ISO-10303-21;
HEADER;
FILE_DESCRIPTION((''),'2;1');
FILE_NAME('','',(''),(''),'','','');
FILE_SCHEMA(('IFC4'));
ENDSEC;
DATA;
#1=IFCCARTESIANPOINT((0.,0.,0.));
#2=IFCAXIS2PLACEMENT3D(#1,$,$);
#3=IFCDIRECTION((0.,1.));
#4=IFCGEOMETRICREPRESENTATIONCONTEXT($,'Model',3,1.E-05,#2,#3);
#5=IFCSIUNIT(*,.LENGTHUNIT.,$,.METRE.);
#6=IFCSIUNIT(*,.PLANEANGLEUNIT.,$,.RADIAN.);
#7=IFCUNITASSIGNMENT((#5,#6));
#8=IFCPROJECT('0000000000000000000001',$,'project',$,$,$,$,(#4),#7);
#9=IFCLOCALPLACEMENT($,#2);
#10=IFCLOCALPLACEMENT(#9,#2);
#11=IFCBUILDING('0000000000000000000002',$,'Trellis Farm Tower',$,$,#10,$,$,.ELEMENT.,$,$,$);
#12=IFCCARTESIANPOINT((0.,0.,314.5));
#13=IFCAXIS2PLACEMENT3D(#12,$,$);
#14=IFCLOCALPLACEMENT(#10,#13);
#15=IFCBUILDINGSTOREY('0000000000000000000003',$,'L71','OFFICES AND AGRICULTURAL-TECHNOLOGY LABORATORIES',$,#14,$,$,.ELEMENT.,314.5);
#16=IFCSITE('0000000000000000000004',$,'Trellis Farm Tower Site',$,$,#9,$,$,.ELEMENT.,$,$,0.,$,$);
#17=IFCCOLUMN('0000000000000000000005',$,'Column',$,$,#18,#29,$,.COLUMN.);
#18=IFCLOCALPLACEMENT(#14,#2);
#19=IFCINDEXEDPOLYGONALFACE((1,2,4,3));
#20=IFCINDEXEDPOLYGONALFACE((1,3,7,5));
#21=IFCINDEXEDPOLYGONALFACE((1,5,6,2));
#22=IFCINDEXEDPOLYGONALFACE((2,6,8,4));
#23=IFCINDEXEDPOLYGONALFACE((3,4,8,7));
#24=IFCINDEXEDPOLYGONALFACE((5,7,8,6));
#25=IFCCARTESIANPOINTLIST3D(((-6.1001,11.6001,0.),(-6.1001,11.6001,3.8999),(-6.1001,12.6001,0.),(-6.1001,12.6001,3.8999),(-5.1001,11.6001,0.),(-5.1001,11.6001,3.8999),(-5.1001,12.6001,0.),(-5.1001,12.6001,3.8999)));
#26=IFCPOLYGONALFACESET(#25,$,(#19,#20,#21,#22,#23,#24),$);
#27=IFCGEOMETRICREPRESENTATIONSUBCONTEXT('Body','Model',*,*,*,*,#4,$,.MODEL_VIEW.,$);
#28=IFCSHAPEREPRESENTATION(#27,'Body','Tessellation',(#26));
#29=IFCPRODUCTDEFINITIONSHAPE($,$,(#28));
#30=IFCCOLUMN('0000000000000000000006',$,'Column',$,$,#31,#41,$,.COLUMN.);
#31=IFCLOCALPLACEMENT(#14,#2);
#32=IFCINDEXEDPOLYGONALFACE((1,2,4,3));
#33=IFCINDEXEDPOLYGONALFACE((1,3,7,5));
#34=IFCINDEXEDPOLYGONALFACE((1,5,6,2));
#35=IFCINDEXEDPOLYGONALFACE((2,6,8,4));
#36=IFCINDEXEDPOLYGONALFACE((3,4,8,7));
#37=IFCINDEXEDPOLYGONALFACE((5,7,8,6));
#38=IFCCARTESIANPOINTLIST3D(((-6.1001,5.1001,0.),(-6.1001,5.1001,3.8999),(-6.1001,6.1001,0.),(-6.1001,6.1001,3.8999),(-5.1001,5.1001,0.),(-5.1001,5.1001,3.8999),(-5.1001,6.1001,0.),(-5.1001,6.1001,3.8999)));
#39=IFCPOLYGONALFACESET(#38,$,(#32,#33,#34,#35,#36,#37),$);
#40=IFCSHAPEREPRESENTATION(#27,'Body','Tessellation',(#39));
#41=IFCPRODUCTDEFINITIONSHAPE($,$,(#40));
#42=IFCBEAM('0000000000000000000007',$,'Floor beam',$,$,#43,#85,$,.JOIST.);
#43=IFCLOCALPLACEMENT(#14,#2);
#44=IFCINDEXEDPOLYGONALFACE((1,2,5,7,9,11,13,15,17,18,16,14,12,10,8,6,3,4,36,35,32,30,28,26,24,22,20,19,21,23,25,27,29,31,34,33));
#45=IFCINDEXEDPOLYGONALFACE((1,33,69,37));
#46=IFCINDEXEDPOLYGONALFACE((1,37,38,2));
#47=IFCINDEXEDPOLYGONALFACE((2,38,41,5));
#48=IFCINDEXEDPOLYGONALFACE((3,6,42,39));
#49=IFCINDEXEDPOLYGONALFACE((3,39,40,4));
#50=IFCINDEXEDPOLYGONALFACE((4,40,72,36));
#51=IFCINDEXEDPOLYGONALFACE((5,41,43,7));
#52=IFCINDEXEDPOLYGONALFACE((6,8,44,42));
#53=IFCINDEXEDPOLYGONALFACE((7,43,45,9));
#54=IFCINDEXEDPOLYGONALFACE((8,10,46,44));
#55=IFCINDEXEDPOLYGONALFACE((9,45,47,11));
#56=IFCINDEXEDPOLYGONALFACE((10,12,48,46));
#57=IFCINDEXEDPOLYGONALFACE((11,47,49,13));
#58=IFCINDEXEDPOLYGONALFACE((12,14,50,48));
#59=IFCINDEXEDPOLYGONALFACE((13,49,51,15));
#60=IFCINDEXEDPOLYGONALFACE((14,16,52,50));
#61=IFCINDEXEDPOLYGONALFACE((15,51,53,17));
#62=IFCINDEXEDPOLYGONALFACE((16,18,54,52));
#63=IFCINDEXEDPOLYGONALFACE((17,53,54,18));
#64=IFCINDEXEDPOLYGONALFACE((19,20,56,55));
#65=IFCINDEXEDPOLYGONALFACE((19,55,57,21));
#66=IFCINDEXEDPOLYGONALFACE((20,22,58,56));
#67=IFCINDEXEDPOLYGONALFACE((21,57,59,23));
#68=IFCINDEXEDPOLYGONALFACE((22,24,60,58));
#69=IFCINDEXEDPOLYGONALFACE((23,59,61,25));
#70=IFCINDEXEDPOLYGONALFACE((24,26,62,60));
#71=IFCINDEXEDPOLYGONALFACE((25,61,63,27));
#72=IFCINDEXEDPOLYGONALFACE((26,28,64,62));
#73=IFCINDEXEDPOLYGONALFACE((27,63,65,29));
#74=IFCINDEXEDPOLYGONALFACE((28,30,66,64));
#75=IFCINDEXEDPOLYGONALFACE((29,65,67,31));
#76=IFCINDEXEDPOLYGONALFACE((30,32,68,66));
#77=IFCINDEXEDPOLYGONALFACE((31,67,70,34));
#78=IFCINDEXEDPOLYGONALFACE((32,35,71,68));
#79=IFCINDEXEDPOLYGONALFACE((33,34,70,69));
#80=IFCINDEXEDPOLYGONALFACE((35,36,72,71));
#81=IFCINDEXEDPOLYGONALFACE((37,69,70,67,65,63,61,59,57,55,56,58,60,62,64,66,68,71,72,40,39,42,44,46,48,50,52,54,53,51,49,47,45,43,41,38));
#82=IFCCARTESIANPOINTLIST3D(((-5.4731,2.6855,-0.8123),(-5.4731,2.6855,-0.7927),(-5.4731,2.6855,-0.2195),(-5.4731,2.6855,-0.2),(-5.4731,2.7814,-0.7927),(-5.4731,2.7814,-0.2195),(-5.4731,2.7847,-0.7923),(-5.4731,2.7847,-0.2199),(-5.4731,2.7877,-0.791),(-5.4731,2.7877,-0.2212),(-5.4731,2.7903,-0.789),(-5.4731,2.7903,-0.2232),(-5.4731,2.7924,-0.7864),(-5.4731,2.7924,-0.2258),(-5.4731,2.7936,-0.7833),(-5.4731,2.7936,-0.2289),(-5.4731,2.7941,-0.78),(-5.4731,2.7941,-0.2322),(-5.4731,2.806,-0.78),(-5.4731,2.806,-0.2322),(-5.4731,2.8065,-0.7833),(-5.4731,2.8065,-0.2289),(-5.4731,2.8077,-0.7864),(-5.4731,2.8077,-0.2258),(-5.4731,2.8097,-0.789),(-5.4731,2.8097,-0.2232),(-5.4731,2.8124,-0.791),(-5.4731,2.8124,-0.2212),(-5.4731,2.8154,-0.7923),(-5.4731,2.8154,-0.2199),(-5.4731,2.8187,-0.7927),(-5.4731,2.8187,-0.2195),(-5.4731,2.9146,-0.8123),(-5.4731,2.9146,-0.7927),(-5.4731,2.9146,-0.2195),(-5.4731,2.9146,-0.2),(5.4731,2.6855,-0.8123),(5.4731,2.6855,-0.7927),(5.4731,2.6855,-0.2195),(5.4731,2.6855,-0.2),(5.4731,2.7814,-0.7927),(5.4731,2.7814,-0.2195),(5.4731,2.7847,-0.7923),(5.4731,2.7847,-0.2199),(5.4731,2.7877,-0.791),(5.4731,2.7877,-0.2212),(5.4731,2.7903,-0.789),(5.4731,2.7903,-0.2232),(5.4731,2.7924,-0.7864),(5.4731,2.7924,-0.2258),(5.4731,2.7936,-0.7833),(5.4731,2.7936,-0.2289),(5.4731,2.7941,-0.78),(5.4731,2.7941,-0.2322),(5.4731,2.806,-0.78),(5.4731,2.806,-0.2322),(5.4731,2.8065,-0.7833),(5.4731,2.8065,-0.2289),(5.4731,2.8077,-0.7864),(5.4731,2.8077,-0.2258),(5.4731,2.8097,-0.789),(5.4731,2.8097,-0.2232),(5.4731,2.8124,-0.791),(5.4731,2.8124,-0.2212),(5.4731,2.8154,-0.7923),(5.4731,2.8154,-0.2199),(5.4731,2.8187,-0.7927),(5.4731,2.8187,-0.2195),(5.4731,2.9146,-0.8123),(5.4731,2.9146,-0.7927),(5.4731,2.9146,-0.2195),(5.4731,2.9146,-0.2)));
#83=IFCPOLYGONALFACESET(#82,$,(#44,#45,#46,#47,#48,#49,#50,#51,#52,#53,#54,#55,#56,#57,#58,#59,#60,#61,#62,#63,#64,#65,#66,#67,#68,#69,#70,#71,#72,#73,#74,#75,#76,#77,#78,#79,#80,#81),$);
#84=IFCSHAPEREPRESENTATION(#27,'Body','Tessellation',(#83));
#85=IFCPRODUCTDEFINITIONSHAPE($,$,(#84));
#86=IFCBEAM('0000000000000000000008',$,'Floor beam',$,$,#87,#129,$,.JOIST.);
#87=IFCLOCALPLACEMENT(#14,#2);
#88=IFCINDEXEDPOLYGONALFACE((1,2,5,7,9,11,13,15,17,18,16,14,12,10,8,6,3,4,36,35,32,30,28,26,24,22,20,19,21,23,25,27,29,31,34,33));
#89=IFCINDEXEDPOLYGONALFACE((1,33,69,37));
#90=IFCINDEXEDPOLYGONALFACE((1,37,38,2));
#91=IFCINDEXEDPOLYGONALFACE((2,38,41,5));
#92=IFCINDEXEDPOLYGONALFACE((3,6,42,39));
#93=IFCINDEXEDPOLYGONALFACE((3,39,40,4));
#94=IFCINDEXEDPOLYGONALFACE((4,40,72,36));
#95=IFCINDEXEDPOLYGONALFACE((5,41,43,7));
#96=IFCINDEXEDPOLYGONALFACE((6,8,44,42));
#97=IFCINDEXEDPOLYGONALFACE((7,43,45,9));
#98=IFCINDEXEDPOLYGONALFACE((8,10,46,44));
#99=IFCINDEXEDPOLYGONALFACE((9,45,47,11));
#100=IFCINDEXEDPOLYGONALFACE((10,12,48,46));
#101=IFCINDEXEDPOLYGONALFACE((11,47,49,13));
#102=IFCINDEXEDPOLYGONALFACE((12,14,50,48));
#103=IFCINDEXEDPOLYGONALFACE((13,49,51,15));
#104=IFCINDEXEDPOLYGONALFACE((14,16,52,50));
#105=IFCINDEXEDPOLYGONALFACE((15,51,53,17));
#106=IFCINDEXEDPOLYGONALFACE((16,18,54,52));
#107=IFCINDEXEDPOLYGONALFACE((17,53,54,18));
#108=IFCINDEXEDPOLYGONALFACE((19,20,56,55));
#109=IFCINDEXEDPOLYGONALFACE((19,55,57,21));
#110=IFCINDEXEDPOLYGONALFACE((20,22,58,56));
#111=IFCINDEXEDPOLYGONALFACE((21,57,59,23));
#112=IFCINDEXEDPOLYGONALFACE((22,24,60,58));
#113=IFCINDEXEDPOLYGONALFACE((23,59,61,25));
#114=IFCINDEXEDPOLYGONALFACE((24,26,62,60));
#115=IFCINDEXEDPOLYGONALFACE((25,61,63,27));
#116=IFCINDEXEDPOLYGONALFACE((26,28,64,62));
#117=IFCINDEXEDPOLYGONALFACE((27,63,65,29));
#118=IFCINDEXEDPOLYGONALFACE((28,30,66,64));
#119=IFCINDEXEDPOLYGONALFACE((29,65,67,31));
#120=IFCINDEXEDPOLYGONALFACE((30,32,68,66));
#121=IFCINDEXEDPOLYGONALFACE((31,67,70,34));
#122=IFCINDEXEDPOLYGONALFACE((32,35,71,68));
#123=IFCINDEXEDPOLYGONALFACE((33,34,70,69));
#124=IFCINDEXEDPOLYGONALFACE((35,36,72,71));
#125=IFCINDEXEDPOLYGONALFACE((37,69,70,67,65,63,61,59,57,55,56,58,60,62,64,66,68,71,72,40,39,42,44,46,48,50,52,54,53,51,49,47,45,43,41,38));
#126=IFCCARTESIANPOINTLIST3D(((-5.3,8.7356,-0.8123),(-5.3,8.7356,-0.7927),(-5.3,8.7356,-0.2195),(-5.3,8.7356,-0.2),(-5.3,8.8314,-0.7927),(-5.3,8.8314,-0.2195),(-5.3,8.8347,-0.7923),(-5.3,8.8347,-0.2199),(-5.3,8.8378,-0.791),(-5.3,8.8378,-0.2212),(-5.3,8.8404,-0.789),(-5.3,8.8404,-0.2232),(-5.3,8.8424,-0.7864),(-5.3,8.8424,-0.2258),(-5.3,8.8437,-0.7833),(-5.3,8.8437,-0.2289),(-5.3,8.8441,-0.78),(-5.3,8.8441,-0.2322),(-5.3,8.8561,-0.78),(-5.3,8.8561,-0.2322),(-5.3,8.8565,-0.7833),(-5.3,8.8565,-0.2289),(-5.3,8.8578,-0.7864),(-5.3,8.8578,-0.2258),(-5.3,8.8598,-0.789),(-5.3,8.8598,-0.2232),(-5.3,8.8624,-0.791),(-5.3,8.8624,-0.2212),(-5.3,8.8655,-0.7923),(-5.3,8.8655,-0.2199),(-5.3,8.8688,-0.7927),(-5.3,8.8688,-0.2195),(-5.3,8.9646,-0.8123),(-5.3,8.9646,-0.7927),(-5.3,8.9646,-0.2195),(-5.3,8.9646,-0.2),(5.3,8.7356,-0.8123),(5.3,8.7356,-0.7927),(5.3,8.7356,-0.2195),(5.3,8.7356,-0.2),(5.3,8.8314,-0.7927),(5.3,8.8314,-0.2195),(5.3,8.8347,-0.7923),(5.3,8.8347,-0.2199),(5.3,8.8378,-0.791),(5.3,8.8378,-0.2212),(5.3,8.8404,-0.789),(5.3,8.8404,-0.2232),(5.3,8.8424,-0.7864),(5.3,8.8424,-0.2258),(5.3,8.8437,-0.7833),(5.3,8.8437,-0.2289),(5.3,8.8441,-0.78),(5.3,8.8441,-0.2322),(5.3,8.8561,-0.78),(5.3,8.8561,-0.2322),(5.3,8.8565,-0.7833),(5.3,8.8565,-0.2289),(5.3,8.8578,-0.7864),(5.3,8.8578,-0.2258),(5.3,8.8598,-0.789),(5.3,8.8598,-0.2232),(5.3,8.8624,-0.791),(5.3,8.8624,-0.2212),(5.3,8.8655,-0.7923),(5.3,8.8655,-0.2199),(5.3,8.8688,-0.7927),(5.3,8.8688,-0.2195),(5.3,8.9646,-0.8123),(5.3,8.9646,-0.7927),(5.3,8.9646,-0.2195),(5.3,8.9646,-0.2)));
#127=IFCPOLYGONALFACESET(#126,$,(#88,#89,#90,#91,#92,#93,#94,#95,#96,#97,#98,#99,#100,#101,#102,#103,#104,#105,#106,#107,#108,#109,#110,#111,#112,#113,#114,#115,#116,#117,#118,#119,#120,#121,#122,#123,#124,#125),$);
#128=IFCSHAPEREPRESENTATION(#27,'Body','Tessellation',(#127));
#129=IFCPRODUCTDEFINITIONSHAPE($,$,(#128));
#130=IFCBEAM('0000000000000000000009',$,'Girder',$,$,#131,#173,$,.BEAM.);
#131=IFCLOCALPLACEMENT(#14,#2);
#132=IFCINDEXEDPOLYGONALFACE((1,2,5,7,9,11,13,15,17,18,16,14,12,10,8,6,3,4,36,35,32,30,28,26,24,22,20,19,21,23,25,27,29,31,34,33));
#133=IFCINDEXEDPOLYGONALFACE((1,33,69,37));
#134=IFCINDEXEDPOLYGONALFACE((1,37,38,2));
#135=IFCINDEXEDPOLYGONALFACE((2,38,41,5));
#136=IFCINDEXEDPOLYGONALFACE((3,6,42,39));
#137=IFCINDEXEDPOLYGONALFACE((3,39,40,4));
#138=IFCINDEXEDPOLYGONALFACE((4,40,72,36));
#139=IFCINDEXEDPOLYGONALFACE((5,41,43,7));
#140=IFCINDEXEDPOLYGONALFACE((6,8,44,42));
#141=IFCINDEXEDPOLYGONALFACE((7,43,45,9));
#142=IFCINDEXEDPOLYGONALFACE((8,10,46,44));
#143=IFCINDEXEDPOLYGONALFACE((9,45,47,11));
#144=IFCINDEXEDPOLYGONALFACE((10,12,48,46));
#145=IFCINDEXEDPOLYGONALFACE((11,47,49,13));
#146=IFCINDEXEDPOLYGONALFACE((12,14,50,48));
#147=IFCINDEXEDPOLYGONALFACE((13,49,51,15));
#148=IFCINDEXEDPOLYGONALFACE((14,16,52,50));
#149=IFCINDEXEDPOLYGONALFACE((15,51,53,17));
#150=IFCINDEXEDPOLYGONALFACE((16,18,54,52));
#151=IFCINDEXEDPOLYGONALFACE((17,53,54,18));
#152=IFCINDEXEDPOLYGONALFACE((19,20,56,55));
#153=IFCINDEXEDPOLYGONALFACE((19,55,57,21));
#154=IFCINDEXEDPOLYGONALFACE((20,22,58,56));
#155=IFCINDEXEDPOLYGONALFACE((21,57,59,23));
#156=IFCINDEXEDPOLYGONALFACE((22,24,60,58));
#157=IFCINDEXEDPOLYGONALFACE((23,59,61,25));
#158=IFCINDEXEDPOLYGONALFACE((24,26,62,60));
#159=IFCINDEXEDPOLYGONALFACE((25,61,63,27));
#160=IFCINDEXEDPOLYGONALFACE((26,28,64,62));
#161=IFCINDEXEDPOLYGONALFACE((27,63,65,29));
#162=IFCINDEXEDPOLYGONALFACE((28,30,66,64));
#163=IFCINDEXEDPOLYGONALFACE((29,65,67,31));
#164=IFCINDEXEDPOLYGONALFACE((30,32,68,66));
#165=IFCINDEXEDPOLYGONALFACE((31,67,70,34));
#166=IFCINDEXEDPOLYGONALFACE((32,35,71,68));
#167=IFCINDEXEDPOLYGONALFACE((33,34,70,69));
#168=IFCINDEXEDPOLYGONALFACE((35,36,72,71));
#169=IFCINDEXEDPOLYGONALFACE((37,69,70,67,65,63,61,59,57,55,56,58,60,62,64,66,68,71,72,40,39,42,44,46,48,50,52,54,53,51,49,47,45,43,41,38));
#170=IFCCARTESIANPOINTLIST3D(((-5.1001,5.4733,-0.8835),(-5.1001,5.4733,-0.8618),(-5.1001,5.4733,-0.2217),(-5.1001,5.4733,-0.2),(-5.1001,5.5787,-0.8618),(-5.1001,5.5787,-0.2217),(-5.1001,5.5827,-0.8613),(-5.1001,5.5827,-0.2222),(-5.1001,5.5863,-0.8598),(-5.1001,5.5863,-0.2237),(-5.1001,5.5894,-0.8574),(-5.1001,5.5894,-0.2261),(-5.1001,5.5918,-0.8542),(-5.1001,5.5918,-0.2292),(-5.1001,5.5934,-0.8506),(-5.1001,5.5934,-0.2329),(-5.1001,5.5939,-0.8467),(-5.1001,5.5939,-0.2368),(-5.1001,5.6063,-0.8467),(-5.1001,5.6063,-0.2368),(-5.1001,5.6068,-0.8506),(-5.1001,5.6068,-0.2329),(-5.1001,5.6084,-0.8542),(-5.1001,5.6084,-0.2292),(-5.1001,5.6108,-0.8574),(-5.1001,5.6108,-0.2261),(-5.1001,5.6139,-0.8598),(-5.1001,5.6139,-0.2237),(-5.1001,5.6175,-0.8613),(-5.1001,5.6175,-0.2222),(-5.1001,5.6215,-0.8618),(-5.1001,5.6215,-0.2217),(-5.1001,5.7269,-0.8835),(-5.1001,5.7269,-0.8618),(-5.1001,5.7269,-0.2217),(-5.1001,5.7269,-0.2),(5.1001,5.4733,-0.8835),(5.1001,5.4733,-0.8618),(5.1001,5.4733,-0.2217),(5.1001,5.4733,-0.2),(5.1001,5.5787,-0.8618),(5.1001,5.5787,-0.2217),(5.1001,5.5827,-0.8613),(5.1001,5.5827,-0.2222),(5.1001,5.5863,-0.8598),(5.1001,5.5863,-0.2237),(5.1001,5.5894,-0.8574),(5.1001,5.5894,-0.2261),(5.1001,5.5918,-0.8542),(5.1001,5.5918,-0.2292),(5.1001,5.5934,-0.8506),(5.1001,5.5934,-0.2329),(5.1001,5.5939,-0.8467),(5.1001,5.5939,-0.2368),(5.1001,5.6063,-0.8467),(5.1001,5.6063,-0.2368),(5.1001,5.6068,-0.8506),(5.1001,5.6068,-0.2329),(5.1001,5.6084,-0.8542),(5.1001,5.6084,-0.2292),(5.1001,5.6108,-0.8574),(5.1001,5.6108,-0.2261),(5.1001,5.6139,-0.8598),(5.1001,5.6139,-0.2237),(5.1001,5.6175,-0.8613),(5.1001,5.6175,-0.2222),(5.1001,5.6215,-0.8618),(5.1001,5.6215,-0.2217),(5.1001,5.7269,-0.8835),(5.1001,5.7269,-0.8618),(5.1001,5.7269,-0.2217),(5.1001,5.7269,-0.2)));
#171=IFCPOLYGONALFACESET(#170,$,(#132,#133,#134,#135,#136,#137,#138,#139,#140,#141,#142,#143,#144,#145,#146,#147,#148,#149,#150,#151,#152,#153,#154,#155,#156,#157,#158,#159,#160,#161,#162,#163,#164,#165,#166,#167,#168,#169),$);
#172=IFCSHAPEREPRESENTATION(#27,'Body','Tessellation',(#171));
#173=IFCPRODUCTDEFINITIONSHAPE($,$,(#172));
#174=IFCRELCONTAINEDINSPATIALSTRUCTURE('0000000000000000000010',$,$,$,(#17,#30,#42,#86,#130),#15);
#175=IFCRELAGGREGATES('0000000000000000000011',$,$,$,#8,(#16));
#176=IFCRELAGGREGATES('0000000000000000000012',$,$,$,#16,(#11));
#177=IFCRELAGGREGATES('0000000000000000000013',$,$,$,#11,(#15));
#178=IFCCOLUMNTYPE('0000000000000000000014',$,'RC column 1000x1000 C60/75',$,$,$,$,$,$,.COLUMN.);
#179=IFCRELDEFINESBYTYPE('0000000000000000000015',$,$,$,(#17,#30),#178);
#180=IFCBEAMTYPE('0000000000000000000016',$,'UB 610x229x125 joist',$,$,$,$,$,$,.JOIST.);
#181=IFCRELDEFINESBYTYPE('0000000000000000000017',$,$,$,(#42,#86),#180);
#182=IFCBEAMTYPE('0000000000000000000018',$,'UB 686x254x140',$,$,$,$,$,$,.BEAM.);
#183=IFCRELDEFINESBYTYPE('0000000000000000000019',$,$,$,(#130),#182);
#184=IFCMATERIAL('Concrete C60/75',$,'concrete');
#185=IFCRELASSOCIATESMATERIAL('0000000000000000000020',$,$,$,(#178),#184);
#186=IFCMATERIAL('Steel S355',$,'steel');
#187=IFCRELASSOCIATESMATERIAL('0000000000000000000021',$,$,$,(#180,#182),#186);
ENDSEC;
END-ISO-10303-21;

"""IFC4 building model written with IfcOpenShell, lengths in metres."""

from ifc_helpers import new_model, si_unit, direction, frame, origin, origin_2d, place, context, subcontext, project, spatial, rectangle, i_section, extrude, source, transform, mapped, material, material_profile, profile_set, type_object, element, save


model = new_model("IFC4")

# Units and contexts
model_context = context("Model", 3, precision=1e-05, world=origin(), true_north=direction((0.0, 1.0)))
body_context = subcontext(model_context, "Body", "Model", "MODEL_VIEW")
ifc_project = project(units=[si_unit("LENGTHUNIT", "METRE"), si_unit("PLANEANGLEUNIT", "RADIAN")], contexts=[model_context])

# Site, building, storey
site_placement = place(None, origin())
site = spatial("IfcSite", under=ifc_project, at=site_placement, Name="Trellis Farm Tower Site", CompositionType="ELEMENT", RefElevation=0.0)
building_placement = place(site_placement, origin())
building = spatial("IfcBuilding", under=site, at=building_placement, Name="Trellis Farm Tower", CompositionType="ELEMENT")
storey_placement = place(building_placement, frame((0.0, 0.0, 314.5)))
storey = spatial("IfcBuildingStorey", under=building, at=storey_placement, Name="L71", Description="OFFICES AND AGRICULTURAL-TECHNOLOGY LABORATORIES", CompositionType="ELEMENT", Elevation=314.5)

# Columns
ifc_material_1 = material(Name="Concrete C60/75", Category="concrete")
ifc_material_profile_1 = material_profile(ifc_material_1, rectangle(XDim=1.0, YDim=1.0, at=origin_2d()), Name="RC column 1000x1000 C60/75")
ifc_profile_set_1 = profile_set([ifc_material_profile_1], Name="Concrete C60/75")
column_type = type_object("IfcColumnType", Name="RC column 1000x1000 C60/75", PredefinedType="COLUMN", material=ifc_profile_set_1)
shared_shape_1 = source(origin(), body_context, "Body", "SweptSolid", [
    extrude(rectangle(XDim=1.0, YDim=1.0, at=origin_2d()), origin(), (0.0, 0.0, 1.0), 3.8999),
])
for number, where, z_axis, x_axis, name in (
    (1, (-5.6001, 12.1001, 0.0), (0.0, 0.0, 1.0), (1.0, 0.0, 0.0), "Column"),
    (2, (-5.6001, 5.6001, 0.0), (0.0, 0.0, 1.0), (1.0, 0.0, 0.0), "Column"),
):
    element("IfcColumn", number, at=place(storey_placement, frame(where, z_axis=z_axis, x_axis=x_axis)), inside=storey, type_object=column_type, Name=name, PredefinedType="COLUMN", context=body_context, shape_type="MappedRepresentation", body=[
        mapped(shared_shape_1, transform((0.0, 0.0, 0.0))),
    ])

# Beams
ifc_material_2 = material(Name="Steel S355", Category="steel")
ifc_material_profile_2 = material_profile(ifc_material_2, i_section(OverallWidth=0.229, OverallDepth=0.6123, WebThickness=0.012, FlangeThickness=0.0195, FilletRadius=0.0127, at=origin_2d()), Name="UB 610x229x125")
ifc_profile_set_2 = profile_set([ifc_material_profile_2], Name="Steel S355")
beam_type_1 = type_object("IfcBeamType", Name="UB 610x229x125 joist", PredefinedType="JOIST", material=ifc_profile_set_2)
shared_shape_2 = source(origin(), body_context, "Body", "SweptSolid", [
    extrude(i_section(OverallWidth=0.229, OverallDepth=0.6123, WebThickness=0.012, FlangeThickness=0.0195, FilletRadius=0.0127, at=origin_2d()), origin(), (0.0, 0.0, 1.0), 10.9463),
])
beam_1_placement = place(storey_placement, frame((-5.4731, 2.8, -0.5061), z_axis=(1.0, 0.0, 0.0), x_axis=(0.0, 1.0, 0.0)))
element("IfcBeam", 3, at=beam_1_placement, inside=storey, type_object=beam_type_1, Name="Floor beam", PredefinedType="JOIST", context=body_context, shape_type="MappedRepresentation", body=[
    mapped(shared_shape_2, transform((0.0, 0.0, 0.0))),
])
shared_shape_3 = source(origin(), body_context, "Body", "SweptSolid", [
    extrude(i_section(OverallWidth=0.229, OverallDepth=0.6123, WebThickness=0.012, FlangeThickness=0.0195, FilletRadius=0.0127, at=origin_2d()), origin(), (0.0, 0.0, 1.0), 10.6001),
])
beam_2_placement = place(storey_placement, frame((-5.3, 8.8501, -0.5061), z_axis=(1.0, 0.0, 0.0), x_axis=(0.0, 1.0, 0.0)))
element("IfcBeam", 4, at=beam_2_placement, inside=storey, type_object=beam_type_1, Name="Floor beam", PredefinedType="JOIST", context=body_context, shape_type="MappedRepresentation", body=[
    mapped(shared_shape_3, transform((0.0, 0.0, 0.0))),
])
ifc_material_profile_3 = material_profile(ifc_material_2, i_section(OverallWidth=0.2537, OverallDepth=0.6836, WebThickness=0.0125, FlangeThickness=0.0217, FilletRadius=0.0151, at=origin_2d()), Name="UB 686x254x140")
ifc_profile_set_3 = profile_set([ifc_material_profile_3], Name="Steel S355")
beam_type_2 = type_object("IfcBeamType", Name="UB 686x254x140", PredefinedType="BEAM", material=ifc_profile_set_3)
shared_shape_4 = source(origin(), body_context, "Body", "SweptSolid", [
    extrude(i_section(OverallWidth=0.2537, OverallDepth=0.6836, WebThickness=0.0125, FlangeThickness=0.0217, FilletRadius=0.0151, at=origin_2d()), origin(), (0.0, 0.0, 1.0), 10.2002),
])
for number, where, z_axis, x_axis, name in (
    (5, (-5.1001, 5.6001, -0.5417), (1.0, 0.0, 0.0), (0.0, 1.0, 0.0), "Girder"),
):
    element("IfcBeam", number, at=place(storey_placement, frame(where, z_axis=z_axis, x_axis=x_axis)), inside=storey, type_object=beam_type_2, Name=name, PredefinedType="BEAM", context=body_context, shape_type="MappedRepresentation", body=[
        mapped(shared_shape_4, transform((0.0, 0.0, 0.0))),
    ])

save(model, "model.ifc")
